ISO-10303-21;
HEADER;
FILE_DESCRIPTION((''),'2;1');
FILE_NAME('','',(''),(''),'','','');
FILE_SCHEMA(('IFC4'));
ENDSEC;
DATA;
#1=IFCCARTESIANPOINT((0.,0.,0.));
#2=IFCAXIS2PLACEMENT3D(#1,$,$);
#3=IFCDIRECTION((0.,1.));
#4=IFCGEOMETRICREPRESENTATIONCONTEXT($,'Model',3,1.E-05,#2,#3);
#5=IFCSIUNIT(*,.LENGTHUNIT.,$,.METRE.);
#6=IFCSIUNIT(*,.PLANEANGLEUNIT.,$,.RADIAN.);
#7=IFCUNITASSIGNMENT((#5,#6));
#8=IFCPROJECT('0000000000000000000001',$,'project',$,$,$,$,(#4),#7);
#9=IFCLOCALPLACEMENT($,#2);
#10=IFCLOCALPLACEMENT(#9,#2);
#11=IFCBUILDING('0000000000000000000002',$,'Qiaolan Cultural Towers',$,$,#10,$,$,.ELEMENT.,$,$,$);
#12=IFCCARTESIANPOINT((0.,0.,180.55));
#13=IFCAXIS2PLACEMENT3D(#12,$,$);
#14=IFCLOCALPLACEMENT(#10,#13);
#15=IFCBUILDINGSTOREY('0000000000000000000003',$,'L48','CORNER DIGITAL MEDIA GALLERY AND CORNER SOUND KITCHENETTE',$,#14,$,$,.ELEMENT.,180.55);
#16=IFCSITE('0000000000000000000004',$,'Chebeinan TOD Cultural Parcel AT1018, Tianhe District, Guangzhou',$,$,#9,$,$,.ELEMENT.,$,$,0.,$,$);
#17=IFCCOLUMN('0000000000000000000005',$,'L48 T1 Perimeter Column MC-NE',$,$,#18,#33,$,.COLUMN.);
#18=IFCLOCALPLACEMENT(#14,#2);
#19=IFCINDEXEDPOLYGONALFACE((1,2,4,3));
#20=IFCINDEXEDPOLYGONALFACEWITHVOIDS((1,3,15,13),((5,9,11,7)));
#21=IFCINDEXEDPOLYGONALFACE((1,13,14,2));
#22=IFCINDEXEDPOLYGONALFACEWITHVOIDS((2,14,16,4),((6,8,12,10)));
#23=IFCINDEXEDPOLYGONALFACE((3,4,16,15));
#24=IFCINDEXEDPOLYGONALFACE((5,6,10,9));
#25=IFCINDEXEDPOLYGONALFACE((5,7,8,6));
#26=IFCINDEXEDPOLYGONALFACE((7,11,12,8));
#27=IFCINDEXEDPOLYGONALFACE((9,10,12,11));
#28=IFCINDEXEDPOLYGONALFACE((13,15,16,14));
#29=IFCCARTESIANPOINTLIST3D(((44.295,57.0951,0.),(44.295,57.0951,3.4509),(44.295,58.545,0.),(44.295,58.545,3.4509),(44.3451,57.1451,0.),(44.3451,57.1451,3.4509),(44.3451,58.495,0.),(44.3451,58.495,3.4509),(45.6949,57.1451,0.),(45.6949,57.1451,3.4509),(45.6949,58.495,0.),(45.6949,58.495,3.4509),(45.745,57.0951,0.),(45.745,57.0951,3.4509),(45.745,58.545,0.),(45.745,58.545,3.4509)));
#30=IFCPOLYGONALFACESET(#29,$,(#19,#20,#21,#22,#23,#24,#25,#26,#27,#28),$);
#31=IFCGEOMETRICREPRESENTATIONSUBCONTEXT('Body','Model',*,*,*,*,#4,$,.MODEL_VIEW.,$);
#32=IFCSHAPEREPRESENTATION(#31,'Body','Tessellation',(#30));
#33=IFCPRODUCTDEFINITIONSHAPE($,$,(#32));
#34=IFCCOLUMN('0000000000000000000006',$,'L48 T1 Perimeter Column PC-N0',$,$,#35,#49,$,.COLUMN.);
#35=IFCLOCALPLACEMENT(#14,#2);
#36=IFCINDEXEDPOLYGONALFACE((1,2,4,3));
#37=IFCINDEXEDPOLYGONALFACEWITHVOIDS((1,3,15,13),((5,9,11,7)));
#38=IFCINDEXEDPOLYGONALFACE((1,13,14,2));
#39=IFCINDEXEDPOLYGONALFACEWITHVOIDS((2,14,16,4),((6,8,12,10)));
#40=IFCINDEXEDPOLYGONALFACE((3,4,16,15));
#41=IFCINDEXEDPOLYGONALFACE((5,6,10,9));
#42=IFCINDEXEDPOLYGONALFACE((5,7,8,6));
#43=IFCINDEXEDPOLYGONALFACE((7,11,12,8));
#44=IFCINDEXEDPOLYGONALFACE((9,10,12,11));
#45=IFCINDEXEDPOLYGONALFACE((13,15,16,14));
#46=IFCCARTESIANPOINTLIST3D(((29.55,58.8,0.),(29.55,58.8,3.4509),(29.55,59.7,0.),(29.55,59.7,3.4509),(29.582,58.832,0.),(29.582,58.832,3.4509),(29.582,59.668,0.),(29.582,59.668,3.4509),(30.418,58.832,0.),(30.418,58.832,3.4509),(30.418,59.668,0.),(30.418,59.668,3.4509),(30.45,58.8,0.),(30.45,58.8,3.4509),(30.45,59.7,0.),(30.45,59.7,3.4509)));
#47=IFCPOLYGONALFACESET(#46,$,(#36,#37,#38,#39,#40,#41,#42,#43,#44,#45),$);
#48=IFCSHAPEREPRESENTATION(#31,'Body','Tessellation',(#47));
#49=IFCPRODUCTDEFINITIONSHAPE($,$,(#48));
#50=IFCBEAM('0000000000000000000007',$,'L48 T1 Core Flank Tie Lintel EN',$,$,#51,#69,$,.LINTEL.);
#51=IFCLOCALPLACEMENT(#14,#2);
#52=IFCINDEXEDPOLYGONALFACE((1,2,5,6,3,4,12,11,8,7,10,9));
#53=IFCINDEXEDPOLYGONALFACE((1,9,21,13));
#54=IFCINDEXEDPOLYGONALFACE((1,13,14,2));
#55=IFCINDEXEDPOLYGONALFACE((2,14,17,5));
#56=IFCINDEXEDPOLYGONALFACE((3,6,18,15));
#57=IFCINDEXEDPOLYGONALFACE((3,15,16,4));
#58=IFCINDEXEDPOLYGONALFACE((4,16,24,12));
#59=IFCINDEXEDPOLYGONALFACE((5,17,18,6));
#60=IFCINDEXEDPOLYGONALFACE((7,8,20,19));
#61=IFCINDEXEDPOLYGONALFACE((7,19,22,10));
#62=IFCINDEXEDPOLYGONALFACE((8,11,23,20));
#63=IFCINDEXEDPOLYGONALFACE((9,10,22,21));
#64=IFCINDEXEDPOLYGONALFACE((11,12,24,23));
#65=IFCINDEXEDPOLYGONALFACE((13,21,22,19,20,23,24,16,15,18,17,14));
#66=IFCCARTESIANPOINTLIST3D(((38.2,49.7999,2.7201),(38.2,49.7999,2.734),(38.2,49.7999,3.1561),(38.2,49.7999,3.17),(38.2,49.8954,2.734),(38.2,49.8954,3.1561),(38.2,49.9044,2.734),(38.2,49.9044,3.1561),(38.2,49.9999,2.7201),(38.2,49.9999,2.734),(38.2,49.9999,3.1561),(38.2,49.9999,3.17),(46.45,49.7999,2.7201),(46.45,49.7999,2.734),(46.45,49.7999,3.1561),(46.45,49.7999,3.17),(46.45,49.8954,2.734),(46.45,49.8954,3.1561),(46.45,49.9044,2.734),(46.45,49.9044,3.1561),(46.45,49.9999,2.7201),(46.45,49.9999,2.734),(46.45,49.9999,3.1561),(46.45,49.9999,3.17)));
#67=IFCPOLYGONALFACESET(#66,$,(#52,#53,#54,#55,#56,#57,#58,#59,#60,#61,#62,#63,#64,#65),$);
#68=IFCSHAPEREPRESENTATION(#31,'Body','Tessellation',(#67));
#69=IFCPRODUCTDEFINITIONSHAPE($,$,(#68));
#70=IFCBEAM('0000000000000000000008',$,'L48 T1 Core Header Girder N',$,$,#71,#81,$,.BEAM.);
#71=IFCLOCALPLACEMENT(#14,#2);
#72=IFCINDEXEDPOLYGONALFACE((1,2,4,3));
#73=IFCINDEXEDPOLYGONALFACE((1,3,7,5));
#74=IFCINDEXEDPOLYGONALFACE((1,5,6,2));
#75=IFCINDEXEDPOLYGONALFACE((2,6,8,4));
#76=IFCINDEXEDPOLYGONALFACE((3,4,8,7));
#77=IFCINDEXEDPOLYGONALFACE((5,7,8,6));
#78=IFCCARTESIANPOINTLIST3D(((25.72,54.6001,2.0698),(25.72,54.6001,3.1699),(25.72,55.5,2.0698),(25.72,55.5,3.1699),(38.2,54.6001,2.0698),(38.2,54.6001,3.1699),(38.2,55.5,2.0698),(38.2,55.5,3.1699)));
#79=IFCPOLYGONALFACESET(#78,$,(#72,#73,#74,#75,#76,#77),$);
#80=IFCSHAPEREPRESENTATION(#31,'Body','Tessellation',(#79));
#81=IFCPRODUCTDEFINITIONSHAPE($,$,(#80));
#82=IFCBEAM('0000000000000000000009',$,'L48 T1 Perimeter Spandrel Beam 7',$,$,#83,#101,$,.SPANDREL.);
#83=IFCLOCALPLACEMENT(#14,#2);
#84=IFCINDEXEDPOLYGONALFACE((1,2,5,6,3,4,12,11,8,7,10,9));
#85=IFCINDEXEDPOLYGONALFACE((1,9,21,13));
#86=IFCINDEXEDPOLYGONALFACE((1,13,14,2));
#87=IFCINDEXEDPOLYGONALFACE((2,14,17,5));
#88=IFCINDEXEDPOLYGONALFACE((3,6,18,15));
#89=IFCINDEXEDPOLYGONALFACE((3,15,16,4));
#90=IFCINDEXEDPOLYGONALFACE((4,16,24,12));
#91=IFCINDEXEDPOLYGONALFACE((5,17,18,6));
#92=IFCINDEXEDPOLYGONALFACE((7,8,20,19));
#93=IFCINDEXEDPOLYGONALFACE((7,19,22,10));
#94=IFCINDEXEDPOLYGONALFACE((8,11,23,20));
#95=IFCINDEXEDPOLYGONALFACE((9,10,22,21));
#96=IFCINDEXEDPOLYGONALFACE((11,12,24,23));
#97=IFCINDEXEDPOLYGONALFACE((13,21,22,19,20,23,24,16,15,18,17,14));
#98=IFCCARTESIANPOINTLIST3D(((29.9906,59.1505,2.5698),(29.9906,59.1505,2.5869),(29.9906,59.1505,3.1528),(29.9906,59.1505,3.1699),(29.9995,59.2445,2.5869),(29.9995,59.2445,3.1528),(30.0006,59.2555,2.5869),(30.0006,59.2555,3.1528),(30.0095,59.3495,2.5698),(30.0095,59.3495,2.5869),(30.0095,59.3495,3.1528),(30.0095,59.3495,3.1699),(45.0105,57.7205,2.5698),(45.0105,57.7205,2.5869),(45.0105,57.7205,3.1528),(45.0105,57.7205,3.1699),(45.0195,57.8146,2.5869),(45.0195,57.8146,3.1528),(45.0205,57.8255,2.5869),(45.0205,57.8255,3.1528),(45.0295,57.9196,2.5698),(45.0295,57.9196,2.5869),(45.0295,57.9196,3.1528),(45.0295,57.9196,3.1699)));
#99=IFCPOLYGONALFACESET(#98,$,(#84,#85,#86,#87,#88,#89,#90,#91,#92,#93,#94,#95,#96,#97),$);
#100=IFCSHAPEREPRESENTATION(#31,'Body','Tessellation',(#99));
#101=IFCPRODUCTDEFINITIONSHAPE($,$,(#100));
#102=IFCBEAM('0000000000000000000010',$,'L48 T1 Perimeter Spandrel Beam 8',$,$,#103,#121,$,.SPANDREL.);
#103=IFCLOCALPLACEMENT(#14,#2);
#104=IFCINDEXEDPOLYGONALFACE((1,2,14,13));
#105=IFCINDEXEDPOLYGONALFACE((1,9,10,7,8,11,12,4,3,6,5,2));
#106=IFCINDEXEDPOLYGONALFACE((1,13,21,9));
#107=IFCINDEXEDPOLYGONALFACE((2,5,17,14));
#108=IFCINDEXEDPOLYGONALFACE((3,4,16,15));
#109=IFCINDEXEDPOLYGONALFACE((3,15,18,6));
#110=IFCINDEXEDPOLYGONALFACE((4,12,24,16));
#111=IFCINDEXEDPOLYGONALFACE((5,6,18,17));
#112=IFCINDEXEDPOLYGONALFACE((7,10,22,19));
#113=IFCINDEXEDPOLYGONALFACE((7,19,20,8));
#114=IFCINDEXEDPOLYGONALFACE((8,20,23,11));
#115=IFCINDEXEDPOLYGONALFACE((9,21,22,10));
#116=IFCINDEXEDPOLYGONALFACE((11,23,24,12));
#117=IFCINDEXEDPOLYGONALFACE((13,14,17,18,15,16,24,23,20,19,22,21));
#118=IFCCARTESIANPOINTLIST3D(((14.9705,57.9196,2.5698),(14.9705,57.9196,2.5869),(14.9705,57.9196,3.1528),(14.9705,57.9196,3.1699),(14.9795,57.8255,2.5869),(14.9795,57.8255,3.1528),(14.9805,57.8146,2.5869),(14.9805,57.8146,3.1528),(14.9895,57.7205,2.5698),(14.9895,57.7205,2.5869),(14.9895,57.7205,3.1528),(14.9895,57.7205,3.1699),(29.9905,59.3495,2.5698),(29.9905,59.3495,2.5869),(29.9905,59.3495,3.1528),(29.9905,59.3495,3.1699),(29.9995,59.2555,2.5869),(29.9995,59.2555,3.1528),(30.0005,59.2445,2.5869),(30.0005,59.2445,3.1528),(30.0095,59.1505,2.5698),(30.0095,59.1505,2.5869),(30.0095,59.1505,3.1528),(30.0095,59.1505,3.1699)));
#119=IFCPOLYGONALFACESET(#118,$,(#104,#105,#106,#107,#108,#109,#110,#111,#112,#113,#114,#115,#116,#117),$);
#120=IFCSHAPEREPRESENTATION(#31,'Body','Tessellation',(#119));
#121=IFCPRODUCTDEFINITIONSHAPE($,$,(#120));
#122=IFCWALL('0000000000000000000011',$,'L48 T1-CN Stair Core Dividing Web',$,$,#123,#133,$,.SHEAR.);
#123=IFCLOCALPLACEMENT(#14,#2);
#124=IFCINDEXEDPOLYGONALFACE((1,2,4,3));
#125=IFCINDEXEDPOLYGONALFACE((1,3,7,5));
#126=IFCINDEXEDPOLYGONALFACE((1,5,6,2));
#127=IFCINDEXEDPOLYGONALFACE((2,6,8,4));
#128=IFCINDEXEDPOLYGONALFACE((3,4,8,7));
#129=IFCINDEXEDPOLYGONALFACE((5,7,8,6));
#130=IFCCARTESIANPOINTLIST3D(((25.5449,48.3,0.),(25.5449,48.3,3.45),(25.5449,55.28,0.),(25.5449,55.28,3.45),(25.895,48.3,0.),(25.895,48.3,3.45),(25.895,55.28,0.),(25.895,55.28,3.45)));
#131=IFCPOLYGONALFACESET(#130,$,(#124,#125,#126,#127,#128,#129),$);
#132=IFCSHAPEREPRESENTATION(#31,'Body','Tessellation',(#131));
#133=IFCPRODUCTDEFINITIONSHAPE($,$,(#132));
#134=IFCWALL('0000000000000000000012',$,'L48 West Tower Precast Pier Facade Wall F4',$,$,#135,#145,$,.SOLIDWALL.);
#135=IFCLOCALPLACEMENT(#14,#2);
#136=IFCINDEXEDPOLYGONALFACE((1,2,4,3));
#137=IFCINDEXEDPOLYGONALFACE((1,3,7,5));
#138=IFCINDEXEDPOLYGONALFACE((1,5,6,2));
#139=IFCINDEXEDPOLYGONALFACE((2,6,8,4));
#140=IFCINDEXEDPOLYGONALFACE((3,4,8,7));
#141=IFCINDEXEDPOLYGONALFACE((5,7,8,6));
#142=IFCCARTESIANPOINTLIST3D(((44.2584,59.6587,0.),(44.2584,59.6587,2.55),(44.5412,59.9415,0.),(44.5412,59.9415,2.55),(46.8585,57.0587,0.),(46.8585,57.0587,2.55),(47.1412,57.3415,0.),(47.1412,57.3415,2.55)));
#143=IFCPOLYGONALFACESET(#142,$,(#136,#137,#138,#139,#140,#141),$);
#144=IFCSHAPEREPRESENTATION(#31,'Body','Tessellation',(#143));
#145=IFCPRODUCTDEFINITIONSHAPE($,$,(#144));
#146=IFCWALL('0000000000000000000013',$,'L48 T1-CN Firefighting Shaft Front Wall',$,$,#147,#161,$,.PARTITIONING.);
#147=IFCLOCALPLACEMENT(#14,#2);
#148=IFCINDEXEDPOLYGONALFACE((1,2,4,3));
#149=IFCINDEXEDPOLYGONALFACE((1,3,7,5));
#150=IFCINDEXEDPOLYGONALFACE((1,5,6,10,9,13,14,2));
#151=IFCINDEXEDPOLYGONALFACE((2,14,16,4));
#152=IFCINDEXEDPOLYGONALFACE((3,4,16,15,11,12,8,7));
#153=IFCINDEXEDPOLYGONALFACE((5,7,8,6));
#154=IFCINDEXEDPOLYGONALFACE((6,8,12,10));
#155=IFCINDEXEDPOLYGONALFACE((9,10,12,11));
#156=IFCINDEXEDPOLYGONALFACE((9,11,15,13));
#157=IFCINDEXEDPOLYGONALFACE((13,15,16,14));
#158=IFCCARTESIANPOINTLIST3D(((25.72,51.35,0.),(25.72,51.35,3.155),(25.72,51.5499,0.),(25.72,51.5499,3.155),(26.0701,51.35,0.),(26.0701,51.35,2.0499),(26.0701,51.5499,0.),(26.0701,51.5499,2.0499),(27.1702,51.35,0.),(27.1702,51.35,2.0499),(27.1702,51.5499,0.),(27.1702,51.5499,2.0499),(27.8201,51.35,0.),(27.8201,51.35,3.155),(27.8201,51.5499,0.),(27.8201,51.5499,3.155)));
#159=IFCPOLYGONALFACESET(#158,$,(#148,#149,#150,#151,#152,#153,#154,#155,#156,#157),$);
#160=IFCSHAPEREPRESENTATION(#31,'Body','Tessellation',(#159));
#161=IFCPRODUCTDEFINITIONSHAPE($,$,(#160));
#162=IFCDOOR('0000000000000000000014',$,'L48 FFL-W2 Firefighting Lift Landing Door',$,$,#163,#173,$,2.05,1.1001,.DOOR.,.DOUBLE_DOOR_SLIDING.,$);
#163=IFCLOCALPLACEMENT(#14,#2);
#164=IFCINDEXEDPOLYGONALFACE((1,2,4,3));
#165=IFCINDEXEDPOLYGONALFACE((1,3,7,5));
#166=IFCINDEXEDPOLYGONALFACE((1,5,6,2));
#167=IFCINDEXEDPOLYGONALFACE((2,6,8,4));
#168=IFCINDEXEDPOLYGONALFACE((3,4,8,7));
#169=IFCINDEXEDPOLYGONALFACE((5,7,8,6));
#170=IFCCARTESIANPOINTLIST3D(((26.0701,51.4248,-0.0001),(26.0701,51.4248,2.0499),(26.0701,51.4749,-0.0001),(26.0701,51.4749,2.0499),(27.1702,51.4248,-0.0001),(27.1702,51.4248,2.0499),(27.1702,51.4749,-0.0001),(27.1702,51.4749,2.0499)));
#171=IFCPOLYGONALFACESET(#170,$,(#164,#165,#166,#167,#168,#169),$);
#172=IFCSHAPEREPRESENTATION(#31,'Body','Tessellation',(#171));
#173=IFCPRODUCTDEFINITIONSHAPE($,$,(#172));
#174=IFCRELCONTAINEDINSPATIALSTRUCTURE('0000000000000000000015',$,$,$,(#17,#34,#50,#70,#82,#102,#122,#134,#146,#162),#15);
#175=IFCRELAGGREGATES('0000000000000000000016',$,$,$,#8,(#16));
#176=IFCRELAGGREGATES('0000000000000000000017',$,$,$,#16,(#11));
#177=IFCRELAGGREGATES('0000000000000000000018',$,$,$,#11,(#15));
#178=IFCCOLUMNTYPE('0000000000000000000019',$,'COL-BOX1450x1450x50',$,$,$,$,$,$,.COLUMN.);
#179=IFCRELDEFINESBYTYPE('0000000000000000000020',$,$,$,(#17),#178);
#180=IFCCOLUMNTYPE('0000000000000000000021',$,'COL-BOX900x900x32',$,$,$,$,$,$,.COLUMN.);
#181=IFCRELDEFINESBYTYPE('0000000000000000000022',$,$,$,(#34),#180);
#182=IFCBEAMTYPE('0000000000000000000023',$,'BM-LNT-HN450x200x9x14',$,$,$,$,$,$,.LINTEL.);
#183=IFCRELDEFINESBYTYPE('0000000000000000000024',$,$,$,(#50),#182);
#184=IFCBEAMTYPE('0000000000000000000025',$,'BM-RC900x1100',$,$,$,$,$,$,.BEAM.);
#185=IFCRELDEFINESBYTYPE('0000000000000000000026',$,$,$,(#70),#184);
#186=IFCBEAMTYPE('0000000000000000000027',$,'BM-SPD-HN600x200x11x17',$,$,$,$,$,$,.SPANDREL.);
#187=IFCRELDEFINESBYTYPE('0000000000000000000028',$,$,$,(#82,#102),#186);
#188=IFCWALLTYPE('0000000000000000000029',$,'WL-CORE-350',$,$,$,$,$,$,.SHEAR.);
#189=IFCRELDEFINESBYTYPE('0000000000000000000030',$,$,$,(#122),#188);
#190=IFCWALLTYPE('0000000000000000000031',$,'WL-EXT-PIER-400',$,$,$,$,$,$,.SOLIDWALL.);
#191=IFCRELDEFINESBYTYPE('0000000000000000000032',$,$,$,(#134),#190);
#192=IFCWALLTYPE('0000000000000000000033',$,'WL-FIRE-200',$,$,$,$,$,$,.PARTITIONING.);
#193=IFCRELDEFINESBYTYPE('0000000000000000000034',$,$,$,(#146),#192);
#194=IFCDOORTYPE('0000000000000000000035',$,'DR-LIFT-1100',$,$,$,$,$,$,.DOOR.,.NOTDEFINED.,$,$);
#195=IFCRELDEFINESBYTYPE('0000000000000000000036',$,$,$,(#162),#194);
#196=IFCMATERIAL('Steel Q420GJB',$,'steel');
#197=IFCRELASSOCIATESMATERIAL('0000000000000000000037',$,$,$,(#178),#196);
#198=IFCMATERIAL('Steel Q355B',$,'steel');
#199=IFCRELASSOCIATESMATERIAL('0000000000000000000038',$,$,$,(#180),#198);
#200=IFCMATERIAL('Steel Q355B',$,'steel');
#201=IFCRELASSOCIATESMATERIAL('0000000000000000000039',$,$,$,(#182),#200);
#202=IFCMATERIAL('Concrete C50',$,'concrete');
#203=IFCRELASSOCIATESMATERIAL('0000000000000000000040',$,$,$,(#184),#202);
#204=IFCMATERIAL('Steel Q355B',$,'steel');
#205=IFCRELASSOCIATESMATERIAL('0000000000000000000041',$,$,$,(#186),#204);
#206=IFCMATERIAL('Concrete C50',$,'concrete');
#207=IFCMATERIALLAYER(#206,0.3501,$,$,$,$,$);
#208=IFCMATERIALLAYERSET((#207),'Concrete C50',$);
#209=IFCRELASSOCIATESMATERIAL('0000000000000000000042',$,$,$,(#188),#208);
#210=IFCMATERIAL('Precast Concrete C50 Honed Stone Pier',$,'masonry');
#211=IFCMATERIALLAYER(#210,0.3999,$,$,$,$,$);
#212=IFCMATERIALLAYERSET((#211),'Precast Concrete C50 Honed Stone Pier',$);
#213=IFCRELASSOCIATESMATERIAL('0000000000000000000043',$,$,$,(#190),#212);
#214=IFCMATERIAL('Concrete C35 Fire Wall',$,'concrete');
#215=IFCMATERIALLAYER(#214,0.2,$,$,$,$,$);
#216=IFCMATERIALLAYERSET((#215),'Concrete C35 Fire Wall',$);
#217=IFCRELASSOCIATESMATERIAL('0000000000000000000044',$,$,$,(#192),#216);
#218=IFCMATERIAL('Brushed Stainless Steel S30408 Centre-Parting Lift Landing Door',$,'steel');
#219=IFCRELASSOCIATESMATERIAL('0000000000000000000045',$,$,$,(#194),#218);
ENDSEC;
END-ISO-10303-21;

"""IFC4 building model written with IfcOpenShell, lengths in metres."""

from ifc_helpers import new_model, si_unit, direction, frame, frame_2d, origin, origin_2d, place, context, subcontext, project, spatial, rectangle, hollow_rectangle, i_section, extrude, material, layer, layer_set, material_profile, profile_set, type_object, element, fill, save


model = new_model("IFC4")

# Units and contexts
model_context = context("Model", 3, precision=1e-05, world=origin(), true_north=direction((0.0, 1.0)))
body_context = subcontext(model_context, "Body", "Model", "MODEL_VIEW")
ifc_project = project(units=[si_unit("LENGTHUNIT", "METRE"), si_unit("PLANEANGLEUNIT", "RADIAN")], contexts=[model_context])

# Site, building, storey
site_placement = place(None, origin())
site = spatial("IfcSite", under=ifc_project, at=site_placement, Name="Chebeinan TOD Cultural Parcel AT1018, Tianhe District, Guangzhou", CompositionType="ELEMENT", RefElevation=0.0)
building_placement = place(site_placement, origin())
building = spatial("IfcBuilding", under=site, at=building_placement, Name="Qiaolan Cultural Towers", CompositionType="ELEMENT")
storey_placement = place(building_placement, frame((0.0, 0.0, 180.55)))
storey = spatial("IfcBuildingStorey", under=building, at=storey_placement, Name="L48", Description="CORNER DIGITAL MEDIA GALLERY AND CORNER SOUND KITCHENETTE", CompositionType="ELEMENT", Elevation=180.55)

# Columns
ifc_material_1 = material(Name="Steel Q420GJB", Category="steel")
ifc_material_profile_1 = material_profile(ifc_material_1, hollow_rectangle(XDim=1.45, YDim=1.45, WallThickness=0.05, at=origin_2d()), Name="BOX1450x1450x50")
ifc_profile_set_1 = profile_set([ifc_material_profile_1], Name="Steel Q420GJB")
column_type_1 = type_object("IfcColumnType", Name="COL-BOX1450x1450x50", PredefinedType="COLUMN", material=ifc_profile_set_1)
column_1_placement = place(storey_placement, frame((45.02, 57.8201, 0.0), z_axis=(0.0, 0.0, 1.0), x_axis=(1.0, 0.0, 0.0)))
element("IfcColumn", 1, at=column_1_placement, inside=storey, type_object=column_type_1, Name="L48 T1 Perimeter Column MC-NE", PredefinedType="COLUMN", context=body_context, shape_type="SweptSolid", body=[
    extrude(hollow_rectangle(XDim=1.45, YDim=1.45, WallThickness=0.05, at=origin_2d()), origin(), (0.0, 0.0, 1.0), 3.4509),
])
ifc_material_2 = material(Name="Steel Q355B", Category="steel")
ifc_material_profile_2 = material_profile(ifc_material_2, hollow_rectangle(XDim=0.8999, YDim=0.8999, WallThickness=0.032, at=origin_2d()), Name="BOX900x900x32")
ifc_profile_set_2 = profile_set([ifc_material_profile_2], Name="Steel Q355B")
column_type_2 = type_object("IfcColumnType", Name="COL-BOX900x900x32", PredefinedType="COLUMN", material=ifc_profile_set_2)
column_2_placement = place(storey_placement, frame((30.0, 59.25, 0.0), z_axis=(0.0, 0.0, 1.0), x_axis=(1.0, 0.0, 0.0)))
element("IfcColumn", 2, at=column_2_placement, inside=storey, type_object=column_type_2, Name="L48 T1 Perimeter Column PC-N0", PredefinedType="COLUMN", context=body_context, shape_type="SweptSolid", body=[
    extrude(hollow_rectangle(XDim=0.8999, YDim=0.8999, WallThickness=0.032, at=origin_2d()), origin(), (0.0, 0.0, 1.0), 3.4509),
])

# Beams
ifc_material_3 = material(Name="Steel Q355B", Category="steel")
ifc_material_profile_3 = material_profile(ifc_material_3, i_section(OverallWidth=0.2, OverallDepth=0.45, WebThickness=0.009, FlangeThickness=0.0139, at=origin_2d()), Name="HN450x200x9x14")
ifc_profile_set_3 = profile_set([ifc_material_profile_3], Name="Steel Q355B")
beam_type_1 = type_object("IfcBeamType", Name="BM-LNT-HN450x200x9x14", PredefinedType="LINTEL", material=ifc_profile_set_3)
beam_1_placement = place(storey_placement, frame((38.2, 49.8999, 2.9451), z_axis=(1.0, 0.0, 0.0), x_axis=(0.0, 1.0, 0.0)))
element("IfcBeam", 3, at=beam_1_placement, inside=storey, type_object=beam_type_1, Name="L48 T1 Core Flank Tie Lintel EN", PredefinedType="LINTEL", context=body_context, shape_type="SweptSolid", body=[
    extrude(i_section(OverallWidth=0.2, OverallDepth=0.45, WebThickness=0.009, FlangeThickness=0.0139, at=origin_2d()), origin(), (0.0, 0.0, 1.0), 8.25),
])
ifc_material_4 = material(Name="Concrete C50", Category="concrete")
ifc_material_profile_4 = material_profile(ifc_material_4, rectangle(XDim=0.8999, YDim=1.1001, at=origin_2d()), Name="RC900x1100")
ifc_profile_set_4 = profile_set([ifc_material_profile_4], Name="Concrete C50")
beam_type_2 = type_object("IfcBeamType", Name="BM-RC900x1100", PredefinedType="BEAM", material=ifc_profile_set_4)
beam_2_placement = place(storey_placement, frame((25.72, 55.05, 2.6199), z_axis=(1.0, 0.0, 0.0), x_axis=(0.0, 1.0, 0.0)))
element("IfcBeam", 4, at=beam_2_placement, inside=storey, type_object=beam_type_2, Name="L48 T1 Core Header Girder N", PredefinedType="BEAM", context=body_context, shape_type="SweptSolid", body=[
    extrude(rectangle(XDim=0.8999, YDim=1.1001, at=origin_2d()), origin(), (0.0, 0.0, 1.0), 12.48),
])
ifc_material_5 = material(Name="Steel Q355B", Category="steel")
ifc_material_profile_5 = material_profile(ifc_material_5, i_section(OverallWidth=0.2, OverallDepth=0.6001, WebThickness=0.011, FlangeThickness=0.0171, at=origin_2d()), Name="HN600x200x11x17")
ifc_profile_set_5 = profile_set([ifc_material_profile_5], Name="Steel Q355B")
beam_type_3 = type_object("IfcBeamType", Name="BM-SPD-HN600x200x11x17", PredefinedType="SPANDREL", material=ifc_profile_set_5)
for number, where, z_axis, x_axis, name in (
    (5, (45.02, 57.8201, 2.8699), (-0.995499, 0.094773, 0.0), (-0.094773, -0.995499, 0.0), "L48 T1 Perimeter Spandrel Beam 7"),
    (6, (30.0, 59.25, 2.8699), (-0.995499, -0.094773, 0.0), (0.094773, -0.995499, 0.0), "L48 T1 Perimeter Spandrel Beam 8"),
):
    element("IfcBeam", number, at=place(storey_placement, frame(where, z_axis=z_axis, x_axis=x_axis)), inside=storey, type_object=beam_type_3, Name=name, PredefinedType="SPANDREL", context=body_context, shape_type="SweptSolid", body=[
        extrude(i_section(OverallWidth=0.2, OverallDepth=0.6001, WebThickness=0.011, FlangeThickness=0.0171, at=origin_2d()), origin(), (0.0, 0.0, 1.0), 15.0879),
    ])

# Walls
ifc_material_6 = material(Name="Concrete C50", Category="concrete")
ifc_layer_1 = layer(ifc_material_6, 0.3501)
ifc_layer_set_1 = layer_set([ifc_layer_1], Name="Concrete C50")
wall_type_1 = type_object("IfcWallType", Name="WL-CORE-350", PredefinedType="SHEAR", material=ifc_layer_set_1)
wall_1_placement = place(storey_placement, frame((25.72, 48.3, 0.0), z_axis=(0.0, 0.0, 1.0), x_axis=(0.0, 1.0, 0.0)))
element("IfcWall", 7, at=wall_1_placement, inside=storey, type_object=wall_type_1, Name="L48 T1-CN Stair Core Dividing Web", PredefinedType="SHEAR", context=body_context, shape_type="SweptSolid", body=[
    extrude(rectangle(XDim=6.98, YDim=0.3501, at=frame_2d((3.49, 0.0))), origin(), (0.0, 0.0, 1.0), 3.45),
])
ifc_material_7 = material(Name="Precast Concrete C50 Honed Stone Pier", Category="masonry")
ifc_layer_2 = layer(ifc_material_7, 0.3999)
ifc_layer_set_2 = layer_set([ifc_layer_2], Name="Precast Concrete C50 Honed Stone Pier")
wall_type_2 = type_object("IfcWallType", Name="WL-EXT-PIER-400", PredefinedType="SOLIDWALL", material=ifc_layer_set_2)
wall_2_placement = place(storey_placement, frame((44.3999, 59.8, 0.0), z_axis=(0.0, 0.0, 1.0), x_axis=(0.707107, -0.707107, 0.0)))
element("IfcWall", 8, at=wall_2_placement, inside=storey, type_object=wall_type_2, Name="L48 West Tower Precast Pier Facade Wall F4", PredefinedType="SOLIDWALL", context=body_context, shape_type="SweptSolid", body=[
    extrude(rectangle(XDim=3.677, YDim=0.3999, at=frame_2d((1.8384, 0.0))), origin(), (0.0, 0.0, 1.0), 2.55),
])

# Wall, opening, door
ifc_material_8 = material(Name="Concrete C35 Fire Wall", Category="concrete")
ifc_layer_3 = layer(ifc_material_8, 0.2)
ifc_layer_set_3 = layer_set([ifc_layer_3], Name="Concrete C35 Fire Wall")
wall_type_3 = type_object("IfcWallType", Name="WL-FIRE-200", PredefinedType="PARTITIONING", material=ifc_layer_set_3)
wall_3_placement = place(storey_placement, frame((25.72, 51.45, 0.0), z_axis=(0.0, 0.0, 1.0), x_axis=(1.0, 0.0, 0.0)))
wall_3 = element("IfcWall", 9, at=wall_3_placement, inside=storey, type_object=wall_type_3, Name="L48 T1-CN Firefighting Shaft Front Wall", PredefinedType="PARTITIONING", context=body_context, shape_type="SweptSolid", body=[
    extrude(rectangle(XDim=2.1001, YDim=0.2, at=frame_2d((1.05, 0.0))), origin(), (0.0, 0.0, 1.0), 3.155),
])
opening_1_placement = place(wall_3_placement, frame((0.3501, 0.0, 0.0)))
opening_1 = element("IfcOpeningElement", 10, at=opening_1_placement, cuts=wall_3, PredefinedType="OPENING", context=body_context, shape_type="SweptSolid", body=[
    extrude(rectangle(XDim=1.1001, YDim=2.05, at=frame_2d((0.55, 1.0249))), frame((0.0, 0.1099, 0.0), z_axis=(0.0, -1.0, 0.0), x_axis=(1.0, 0.0, 0.0)), (0.0, 0.0, 1.0), 0.22),
])
ifc_material_9 = material(Name="Brushed Stainless Steel S30408 Centre-Parting Lift Landing Door", Category="steel")
door_type_1 = type_object("IfcDoorType", Name="DR-LIFT-1100", OperationType="NOTDEFINED", PredefinedType="DOOR", material=ifc_material_9)
door_1_placement = place(opening_1_placement, origin())
door_1 = element("IfcDoor", 11, at=door_1_placement, inside=storey, type_object=door_type_1, Name="L48 FFL-W2 Firefighting Lift Landing Door", OperationType="DOUBLE_DOOR_SLIDING", OverallHeight=2.05, OverallWidth=1.1001, PredefinedType="DOOR", context=body_context, shape_type="SweptSolid", body=[
    extrude(rectangle(XDim=1.1001, YDim=2.05, at=frame_2d((0.55, 1.0249))), frame((0.0, 0.0249, 0.0), z_axis=(0.0, -1.0, 0.0), x_axis=(1.0, 0.0, 0.0)), (0.0, 0.0, 1.0), 0.05),
])
fill(opening_1, door_1)

save(model, "model.ifc")
